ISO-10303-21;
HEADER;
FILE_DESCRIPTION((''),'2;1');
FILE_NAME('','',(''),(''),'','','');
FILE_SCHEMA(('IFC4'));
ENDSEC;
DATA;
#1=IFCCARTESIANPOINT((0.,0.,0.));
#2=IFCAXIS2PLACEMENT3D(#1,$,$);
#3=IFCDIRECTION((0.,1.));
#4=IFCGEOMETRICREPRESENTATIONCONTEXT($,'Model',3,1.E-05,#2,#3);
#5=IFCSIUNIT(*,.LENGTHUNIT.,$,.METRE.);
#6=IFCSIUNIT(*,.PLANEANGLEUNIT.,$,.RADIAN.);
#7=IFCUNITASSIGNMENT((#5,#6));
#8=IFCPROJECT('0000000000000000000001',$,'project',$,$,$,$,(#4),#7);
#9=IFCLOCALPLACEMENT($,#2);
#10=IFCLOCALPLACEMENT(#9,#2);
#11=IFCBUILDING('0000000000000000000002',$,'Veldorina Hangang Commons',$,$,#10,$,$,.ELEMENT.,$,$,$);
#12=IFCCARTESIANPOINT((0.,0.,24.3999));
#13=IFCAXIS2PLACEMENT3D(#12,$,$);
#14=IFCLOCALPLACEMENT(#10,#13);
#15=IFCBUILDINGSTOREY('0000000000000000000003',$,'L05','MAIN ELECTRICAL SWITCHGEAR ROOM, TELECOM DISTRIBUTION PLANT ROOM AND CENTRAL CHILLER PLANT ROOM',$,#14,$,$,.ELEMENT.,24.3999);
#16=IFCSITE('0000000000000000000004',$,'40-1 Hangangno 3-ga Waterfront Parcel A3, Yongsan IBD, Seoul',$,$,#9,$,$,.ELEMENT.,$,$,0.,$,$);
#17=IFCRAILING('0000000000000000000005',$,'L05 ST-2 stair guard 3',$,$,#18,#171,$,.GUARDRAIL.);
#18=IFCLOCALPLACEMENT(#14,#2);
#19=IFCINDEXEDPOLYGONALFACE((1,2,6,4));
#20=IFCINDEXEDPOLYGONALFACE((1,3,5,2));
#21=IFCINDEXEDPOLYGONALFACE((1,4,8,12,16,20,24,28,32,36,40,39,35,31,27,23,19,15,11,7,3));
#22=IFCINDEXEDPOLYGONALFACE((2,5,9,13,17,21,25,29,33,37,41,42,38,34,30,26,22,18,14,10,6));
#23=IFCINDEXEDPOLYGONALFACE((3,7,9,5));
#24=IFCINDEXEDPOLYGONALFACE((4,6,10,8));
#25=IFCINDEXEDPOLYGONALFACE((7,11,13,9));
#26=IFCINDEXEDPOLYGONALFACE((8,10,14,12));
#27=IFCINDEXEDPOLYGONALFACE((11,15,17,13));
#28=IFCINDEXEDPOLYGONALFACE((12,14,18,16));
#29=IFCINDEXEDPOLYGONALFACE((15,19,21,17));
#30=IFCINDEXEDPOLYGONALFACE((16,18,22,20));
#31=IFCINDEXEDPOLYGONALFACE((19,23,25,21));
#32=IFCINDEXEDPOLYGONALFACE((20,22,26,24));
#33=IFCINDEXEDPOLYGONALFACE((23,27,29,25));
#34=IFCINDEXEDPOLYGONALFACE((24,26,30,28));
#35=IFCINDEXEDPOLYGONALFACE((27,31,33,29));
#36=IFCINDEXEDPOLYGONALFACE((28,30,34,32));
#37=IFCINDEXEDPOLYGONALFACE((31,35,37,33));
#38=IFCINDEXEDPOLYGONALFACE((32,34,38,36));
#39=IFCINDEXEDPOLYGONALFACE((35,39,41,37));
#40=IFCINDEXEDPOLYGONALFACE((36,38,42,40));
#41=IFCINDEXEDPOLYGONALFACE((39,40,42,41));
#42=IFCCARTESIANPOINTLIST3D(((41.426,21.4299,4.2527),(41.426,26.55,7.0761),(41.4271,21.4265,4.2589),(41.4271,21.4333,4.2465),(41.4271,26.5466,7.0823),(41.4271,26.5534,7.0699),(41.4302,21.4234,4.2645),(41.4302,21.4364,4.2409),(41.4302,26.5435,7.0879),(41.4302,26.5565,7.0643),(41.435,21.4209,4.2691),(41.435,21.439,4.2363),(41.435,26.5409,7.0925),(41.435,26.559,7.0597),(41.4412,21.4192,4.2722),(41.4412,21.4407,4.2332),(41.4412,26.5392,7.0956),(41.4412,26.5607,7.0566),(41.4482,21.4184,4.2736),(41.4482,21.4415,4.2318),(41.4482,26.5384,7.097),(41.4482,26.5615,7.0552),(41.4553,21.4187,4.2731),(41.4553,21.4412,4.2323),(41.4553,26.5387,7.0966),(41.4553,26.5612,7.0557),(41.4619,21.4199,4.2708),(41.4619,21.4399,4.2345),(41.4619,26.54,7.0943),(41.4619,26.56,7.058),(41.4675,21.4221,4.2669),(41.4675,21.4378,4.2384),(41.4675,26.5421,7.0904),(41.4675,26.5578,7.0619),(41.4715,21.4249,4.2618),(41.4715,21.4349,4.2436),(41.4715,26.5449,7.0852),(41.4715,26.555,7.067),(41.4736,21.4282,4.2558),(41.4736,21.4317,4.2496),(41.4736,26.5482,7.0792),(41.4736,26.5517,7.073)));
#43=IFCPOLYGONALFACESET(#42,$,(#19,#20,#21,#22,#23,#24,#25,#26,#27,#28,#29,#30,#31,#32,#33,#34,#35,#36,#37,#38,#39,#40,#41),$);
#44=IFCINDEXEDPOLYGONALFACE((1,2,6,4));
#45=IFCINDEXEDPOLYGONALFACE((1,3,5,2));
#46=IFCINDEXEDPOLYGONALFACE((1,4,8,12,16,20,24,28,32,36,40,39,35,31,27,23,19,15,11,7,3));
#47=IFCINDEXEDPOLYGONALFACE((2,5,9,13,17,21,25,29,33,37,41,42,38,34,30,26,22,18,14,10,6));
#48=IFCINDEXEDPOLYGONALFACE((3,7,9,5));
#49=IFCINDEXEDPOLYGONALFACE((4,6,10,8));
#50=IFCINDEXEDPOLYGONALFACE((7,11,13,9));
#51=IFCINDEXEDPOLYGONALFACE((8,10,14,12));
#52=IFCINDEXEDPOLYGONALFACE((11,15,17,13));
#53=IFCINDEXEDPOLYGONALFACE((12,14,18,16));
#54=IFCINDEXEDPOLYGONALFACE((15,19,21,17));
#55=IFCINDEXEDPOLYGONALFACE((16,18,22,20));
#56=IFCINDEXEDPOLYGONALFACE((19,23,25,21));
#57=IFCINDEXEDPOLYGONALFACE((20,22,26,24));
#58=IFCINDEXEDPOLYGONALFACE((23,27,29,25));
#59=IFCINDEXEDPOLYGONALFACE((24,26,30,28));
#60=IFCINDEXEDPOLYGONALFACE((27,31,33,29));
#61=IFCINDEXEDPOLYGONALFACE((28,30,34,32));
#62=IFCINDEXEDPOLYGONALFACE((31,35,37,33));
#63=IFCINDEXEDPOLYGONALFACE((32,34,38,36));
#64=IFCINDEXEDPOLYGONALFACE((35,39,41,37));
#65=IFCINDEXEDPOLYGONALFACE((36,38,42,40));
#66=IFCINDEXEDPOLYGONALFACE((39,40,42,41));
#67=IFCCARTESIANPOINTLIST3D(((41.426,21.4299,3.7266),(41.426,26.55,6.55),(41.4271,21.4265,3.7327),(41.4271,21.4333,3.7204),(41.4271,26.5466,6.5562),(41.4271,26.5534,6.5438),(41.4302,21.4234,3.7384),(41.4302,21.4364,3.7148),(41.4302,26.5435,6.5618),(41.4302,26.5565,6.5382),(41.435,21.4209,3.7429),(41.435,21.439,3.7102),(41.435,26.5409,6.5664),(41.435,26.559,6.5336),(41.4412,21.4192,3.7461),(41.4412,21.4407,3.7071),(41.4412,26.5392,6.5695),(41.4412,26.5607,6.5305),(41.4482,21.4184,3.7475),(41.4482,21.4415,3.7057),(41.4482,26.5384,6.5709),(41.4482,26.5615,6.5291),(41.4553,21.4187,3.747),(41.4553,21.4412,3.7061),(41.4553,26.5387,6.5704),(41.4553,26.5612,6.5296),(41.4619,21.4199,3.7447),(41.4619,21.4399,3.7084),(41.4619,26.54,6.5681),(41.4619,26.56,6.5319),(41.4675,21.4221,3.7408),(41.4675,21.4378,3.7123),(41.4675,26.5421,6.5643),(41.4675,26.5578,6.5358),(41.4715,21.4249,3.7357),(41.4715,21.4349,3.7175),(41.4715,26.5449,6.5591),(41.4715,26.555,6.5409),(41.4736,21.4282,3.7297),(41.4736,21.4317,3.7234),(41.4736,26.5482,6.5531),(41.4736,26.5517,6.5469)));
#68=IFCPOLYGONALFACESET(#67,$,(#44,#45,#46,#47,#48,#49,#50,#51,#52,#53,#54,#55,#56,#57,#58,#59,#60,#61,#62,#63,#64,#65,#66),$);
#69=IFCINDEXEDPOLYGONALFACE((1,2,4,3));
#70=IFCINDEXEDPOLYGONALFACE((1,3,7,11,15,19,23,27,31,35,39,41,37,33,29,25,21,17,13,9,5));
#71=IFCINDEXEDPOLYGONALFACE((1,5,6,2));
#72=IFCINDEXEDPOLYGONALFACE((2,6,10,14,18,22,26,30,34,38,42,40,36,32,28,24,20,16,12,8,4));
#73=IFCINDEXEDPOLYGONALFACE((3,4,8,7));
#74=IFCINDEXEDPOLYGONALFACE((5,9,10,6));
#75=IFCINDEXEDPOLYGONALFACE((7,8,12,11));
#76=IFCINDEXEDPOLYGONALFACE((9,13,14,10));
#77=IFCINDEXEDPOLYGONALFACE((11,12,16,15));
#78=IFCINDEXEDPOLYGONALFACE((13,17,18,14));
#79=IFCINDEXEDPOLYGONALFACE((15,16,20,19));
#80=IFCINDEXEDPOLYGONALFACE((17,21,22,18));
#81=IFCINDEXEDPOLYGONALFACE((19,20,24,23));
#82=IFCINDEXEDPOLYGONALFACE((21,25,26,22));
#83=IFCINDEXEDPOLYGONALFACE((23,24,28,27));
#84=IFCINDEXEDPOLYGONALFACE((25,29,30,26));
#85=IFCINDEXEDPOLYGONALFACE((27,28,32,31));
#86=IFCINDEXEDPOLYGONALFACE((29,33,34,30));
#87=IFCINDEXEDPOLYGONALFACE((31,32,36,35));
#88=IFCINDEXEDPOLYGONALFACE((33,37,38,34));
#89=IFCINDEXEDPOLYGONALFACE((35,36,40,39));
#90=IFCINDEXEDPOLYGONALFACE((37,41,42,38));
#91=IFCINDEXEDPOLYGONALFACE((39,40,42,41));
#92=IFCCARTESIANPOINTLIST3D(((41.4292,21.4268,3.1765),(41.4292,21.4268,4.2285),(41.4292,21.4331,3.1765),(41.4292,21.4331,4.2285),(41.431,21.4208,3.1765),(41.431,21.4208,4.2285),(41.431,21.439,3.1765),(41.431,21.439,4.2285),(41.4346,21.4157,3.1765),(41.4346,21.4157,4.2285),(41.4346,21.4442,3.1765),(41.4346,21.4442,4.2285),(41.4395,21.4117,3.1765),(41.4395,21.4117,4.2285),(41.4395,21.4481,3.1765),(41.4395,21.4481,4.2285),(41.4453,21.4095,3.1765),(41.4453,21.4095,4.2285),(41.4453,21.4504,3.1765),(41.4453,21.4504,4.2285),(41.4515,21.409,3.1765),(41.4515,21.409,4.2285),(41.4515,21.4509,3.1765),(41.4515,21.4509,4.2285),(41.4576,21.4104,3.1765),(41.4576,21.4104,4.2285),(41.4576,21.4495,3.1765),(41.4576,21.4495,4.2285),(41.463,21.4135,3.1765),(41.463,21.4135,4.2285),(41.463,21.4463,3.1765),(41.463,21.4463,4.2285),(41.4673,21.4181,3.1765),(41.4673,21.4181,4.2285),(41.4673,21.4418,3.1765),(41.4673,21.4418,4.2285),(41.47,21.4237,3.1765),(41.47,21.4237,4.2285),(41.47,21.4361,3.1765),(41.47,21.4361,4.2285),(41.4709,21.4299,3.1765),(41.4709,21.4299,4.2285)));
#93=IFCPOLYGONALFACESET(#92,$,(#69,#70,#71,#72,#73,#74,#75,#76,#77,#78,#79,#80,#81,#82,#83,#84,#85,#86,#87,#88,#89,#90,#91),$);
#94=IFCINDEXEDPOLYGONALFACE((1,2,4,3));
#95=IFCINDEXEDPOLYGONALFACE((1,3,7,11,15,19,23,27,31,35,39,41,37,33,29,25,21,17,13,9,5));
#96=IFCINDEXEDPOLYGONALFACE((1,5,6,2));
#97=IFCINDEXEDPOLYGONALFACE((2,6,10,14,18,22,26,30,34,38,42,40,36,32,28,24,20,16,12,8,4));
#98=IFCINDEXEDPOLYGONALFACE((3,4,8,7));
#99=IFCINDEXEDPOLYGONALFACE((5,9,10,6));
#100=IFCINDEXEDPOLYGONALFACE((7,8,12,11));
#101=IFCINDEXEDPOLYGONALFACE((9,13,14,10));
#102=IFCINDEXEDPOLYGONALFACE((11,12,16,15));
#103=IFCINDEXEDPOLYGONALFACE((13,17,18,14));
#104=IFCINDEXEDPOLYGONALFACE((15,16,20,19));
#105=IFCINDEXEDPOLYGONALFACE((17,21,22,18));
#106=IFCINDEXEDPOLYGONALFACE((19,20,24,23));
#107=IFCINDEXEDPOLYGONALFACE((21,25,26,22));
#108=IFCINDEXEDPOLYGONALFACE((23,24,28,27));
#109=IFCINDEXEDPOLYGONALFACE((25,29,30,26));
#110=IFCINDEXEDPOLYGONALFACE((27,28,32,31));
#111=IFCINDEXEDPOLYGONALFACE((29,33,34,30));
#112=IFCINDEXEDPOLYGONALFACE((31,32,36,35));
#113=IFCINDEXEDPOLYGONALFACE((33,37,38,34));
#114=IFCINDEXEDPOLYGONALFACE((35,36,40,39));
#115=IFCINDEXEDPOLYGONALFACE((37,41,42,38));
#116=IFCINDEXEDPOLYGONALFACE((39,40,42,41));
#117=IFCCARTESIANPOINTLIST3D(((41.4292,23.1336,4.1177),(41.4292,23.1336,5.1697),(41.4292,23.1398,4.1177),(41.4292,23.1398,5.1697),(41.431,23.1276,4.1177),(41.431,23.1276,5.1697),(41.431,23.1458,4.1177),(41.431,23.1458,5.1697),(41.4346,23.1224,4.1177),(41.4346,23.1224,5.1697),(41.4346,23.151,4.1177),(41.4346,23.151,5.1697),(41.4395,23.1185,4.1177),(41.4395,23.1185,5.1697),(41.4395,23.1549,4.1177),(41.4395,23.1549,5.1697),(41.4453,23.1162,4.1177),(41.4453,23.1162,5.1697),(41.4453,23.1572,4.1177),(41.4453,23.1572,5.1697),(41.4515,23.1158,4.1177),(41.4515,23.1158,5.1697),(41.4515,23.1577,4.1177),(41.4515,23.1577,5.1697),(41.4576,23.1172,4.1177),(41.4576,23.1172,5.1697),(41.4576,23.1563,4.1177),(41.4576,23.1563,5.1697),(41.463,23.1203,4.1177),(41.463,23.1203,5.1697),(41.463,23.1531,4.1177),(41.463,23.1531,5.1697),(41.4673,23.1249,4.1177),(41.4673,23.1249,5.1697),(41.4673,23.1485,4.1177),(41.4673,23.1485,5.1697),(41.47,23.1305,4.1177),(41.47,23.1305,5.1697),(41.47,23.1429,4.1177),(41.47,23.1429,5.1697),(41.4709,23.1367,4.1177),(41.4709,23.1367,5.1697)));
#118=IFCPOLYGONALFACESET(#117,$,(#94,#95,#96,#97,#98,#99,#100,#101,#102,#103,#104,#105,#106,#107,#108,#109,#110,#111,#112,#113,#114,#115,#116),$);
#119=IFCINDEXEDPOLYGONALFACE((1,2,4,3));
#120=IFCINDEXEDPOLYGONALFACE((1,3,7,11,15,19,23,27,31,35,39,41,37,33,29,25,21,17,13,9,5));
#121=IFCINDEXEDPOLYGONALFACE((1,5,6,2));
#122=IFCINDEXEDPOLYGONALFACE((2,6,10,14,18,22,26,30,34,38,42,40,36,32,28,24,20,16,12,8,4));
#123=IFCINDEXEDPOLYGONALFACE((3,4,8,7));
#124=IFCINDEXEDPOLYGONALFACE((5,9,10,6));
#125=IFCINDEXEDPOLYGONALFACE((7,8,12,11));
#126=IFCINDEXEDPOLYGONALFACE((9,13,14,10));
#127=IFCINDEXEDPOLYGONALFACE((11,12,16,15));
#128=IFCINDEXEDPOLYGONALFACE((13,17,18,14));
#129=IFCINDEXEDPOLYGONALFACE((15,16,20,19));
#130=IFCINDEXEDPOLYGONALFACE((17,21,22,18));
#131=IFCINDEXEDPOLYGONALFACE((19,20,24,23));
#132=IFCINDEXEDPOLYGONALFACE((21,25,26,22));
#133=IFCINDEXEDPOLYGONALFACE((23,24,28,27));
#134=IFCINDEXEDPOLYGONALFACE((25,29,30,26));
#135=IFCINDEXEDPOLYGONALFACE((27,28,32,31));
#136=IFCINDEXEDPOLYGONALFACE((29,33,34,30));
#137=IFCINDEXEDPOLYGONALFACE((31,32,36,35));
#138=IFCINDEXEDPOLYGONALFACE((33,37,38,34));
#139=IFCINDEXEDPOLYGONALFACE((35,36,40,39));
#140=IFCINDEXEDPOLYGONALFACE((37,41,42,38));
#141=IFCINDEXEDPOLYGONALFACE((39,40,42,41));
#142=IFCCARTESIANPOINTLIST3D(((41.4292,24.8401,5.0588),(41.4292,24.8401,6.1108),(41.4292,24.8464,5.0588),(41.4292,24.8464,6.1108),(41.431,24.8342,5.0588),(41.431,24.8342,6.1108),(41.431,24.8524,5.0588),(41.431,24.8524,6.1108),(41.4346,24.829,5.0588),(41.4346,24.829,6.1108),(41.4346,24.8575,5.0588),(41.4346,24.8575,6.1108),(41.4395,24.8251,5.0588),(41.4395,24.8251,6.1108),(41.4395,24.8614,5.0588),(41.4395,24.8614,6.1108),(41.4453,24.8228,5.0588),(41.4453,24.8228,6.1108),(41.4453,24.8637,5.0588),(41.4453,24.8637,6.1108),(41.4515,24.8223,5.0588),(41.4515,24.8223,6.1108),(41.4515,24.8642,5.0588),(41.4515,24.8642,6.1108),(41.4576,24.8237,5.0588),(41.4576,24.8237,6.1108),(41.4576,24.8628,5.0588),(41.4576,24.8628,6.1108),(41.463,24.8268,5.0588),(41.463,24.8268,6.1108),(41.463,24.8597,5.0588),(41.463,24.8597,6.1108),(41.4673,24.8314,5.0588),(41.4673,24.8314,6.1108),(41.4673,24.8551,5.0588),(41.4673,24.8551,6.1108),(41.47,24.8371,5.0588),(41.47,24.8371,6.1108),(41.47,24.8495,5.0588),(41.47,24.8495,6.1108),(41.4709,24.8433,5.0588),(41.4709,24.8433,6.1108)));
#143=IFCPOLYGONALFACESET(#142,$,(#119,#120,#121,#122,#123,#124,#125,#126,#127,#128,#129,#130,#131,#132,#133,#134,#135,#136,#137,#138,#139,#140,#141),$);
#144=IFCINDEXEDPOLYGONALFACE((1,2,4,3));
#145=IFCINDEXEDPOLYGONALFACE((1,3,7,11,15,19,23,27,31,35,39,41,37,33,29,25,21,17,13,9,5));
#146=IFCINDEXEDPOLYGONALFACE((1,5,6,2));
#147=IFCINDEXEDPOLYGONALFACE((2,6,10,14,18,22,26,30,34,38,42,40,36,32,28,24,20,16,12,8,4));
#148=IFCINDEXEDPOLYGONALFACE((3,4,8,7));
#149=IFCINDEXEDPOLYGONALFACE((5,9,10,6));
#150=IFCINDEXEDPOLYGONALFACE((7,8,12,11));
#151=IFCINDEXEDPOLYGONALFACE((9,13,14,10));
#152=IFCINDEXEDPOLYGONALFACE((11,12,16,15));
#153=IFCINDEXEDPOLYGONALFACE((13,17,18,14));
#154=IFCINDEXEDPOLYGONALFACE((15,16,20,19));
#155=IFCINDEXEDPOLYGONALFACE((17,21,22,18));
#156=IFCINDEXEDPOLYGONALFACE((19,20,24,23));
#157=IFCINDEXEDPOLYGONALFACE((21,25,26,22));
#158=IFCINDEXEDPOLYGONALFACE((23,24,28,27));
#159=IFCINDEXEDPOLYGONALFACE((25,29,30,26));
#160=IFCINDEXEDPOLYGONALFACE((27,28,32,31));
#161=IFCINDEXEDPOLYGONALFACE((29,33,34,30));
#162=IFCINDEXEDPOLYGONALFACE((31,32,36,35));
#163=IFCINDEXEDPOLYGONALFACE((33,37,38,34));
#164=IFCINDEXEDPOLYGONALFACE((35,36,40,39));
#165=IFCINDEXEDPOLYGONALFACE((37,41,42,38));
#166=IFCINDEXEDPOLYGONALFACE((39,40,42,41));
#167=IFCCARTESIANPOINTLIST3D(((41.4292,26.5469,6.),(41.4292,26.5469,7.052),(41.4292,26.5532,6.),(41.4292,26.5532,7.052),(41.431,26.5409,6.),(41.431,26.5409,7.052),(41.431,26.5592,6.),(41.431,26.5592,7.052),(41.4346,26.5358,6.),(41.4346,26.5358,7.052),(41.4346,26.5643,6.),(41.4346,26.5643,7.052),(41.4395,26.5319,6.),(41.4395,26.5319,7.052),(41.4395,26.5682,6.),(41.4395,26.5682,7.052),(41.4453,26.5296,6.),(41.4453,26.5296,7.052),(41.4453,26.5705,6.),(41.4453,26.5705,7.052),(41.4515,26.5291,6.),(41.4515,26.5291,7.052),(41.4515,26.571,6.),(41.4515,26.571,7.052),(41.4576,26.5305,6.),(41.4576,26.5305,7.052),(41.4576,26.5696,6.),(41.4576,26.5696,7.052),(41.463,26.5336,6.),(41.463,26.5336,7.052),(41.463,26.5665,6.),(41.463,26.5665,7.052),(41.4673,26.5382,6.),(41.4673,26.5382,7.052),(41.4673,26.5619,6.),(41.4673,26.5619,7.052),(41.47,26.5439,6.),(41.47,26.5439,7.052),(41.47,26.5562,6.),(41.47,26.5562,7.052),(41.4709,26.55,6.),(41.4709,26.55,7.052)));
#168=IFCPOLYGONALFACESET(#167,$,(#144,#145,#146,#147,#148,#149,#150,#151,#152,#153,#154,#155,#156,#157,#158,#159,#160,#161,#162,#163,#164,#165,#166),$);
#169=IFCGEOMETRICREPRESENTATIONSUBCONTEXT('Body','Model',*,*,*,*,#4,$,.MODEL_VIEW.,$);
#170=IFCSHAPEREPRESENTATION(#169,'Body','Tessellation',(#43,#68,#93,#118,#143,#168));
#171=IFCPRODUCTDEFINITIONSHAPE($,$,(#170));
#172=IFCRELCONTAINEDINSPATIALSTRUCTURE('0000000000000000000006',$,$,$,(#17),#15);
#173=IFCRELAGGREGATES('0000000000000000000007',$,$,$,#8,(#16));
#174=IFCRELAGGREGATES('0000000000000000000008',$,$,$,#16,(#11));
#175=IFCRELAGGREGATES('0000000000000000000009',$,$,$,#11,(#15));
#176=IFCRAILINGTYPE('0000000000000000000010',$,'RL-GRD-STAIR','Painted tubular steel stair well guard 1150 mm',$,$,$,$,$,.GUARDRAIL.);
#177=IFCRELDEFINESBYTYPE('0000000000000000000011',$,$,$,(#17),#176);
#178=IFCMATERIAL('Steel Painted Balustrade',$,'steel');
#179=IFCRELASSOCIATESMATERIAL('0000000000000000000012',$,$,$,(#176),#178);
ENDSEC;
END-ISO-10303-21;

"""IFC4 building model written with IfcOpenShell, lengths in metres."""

from ifc_helpers import new_model, si_unit, direction, frame, origin, origin_2d, place, context, subcontext, project, spatial, circle, extrude, material, type_object, element, save


model = new_model("IFC4")

# Units and contexts
model_context = context("Model", 3, precision=1e-05, world=origin(), true_north=direction((0.0, 1.0)))
body_context = subcontext(model_context, "Body", "Model", "MODEL_VIEW")
ifc_project = project(units=[si_unit("LENGTHUNIT", "METRE"), si_unit("PLANEANGLEUNIT", "RADIAN")], contexts=[model_context])

# Site, building, storey
site_placement = place(None, origin())
site = spatial("IfcSite", under=ifc_project, at=site_placement, Name="40-1 Hangangno 3-ga Waterfront Parcel A3, Yongsan IBD, Seoul", CompositionType="ELEMENT", RefElevation=0.0)
building_placement = place(site_placement, origin())
building = spatial("IfcBuilding", under=site, at=building_placement, Name="Veldorina Hangang Commons", CompositionType="ELEMENT")
storey_placement = place(building_placement, frame((0.0, 0.0, 24.3999)))
storey = spatial("IfcBuildingStorey", under=building, at=storey_placement, Name="L05", Description="MAIN ELECTRICAL SWITCHGEAR ROOM, TELECOM DISTRIBUTION PLANT ROOM AND CENTRAL CHILLER PLANT ROOM", CompositionType="ELEMENT", Elevation=24.3999)

# Railing
ifc_material_1 = material(Name="Steel Painted Balustrade", Category="steel")
railing_type = type_object("IfcRailingType", Name="RL-GRD-STAIR", Description="Painted tubular steel stair well guard 1150 mm", PredefinedType="GUARDRAIL", material=ifc_material_1)
railing_1_placement = place(storey_placement, frame((41.45, 21.4299, 3.1765)))
element("IfcRailing", 1, at=railing_1_placement, inside=storey, type_object=railing_type, Name="L05 ST-2 stair guard 3", PredefinedType="GUARDRAIL", context=body_context, shape_type="SweptSolid", body=[
    extrude(circle(Radius=0.0239, at=origin_2d()), frame((0.0, 0.0, 1.0762), z_axis=(0.0, 0.875679, 0.482893), x_axis=(-1.0, 0.0, 0.0)), (0.0, 0.0, 1.0), 5.8469),
    extrude(circle(Radius=0.0239, at=origin_2d()), frame((0.0, 0.0, 0.55), z_axis=(0.0, 0.875679, 0.482893), x_axis=(-1.0, 0.0, 0.0)), (0.0, 0.0, 1.0), 5.8469),
    extrude(circle(Radius=0.021, at=origin_2d()), origin(), (0.0, 0.0, 1.0), 1.052),
    extrude(circle(Radius=0.021, at=origin_2d()), frame((0.0, 1.7068, 0.9412)), (0.0, 0.0, 1.0), 1.052),
    extrude(circle(Radius=0.021, at=origin_2d()), frame((0.0, 3.4133, 1.8823)), (0.0, 0.0, 1.0), 1.052),
    extrude(circle(Radius=0.021, at=origin_2d()), frame((0.0, 5.1201, 2.8235)), (0.0, 0.0, 1.0), 1.052),
])

save(model, "model.ifc")
